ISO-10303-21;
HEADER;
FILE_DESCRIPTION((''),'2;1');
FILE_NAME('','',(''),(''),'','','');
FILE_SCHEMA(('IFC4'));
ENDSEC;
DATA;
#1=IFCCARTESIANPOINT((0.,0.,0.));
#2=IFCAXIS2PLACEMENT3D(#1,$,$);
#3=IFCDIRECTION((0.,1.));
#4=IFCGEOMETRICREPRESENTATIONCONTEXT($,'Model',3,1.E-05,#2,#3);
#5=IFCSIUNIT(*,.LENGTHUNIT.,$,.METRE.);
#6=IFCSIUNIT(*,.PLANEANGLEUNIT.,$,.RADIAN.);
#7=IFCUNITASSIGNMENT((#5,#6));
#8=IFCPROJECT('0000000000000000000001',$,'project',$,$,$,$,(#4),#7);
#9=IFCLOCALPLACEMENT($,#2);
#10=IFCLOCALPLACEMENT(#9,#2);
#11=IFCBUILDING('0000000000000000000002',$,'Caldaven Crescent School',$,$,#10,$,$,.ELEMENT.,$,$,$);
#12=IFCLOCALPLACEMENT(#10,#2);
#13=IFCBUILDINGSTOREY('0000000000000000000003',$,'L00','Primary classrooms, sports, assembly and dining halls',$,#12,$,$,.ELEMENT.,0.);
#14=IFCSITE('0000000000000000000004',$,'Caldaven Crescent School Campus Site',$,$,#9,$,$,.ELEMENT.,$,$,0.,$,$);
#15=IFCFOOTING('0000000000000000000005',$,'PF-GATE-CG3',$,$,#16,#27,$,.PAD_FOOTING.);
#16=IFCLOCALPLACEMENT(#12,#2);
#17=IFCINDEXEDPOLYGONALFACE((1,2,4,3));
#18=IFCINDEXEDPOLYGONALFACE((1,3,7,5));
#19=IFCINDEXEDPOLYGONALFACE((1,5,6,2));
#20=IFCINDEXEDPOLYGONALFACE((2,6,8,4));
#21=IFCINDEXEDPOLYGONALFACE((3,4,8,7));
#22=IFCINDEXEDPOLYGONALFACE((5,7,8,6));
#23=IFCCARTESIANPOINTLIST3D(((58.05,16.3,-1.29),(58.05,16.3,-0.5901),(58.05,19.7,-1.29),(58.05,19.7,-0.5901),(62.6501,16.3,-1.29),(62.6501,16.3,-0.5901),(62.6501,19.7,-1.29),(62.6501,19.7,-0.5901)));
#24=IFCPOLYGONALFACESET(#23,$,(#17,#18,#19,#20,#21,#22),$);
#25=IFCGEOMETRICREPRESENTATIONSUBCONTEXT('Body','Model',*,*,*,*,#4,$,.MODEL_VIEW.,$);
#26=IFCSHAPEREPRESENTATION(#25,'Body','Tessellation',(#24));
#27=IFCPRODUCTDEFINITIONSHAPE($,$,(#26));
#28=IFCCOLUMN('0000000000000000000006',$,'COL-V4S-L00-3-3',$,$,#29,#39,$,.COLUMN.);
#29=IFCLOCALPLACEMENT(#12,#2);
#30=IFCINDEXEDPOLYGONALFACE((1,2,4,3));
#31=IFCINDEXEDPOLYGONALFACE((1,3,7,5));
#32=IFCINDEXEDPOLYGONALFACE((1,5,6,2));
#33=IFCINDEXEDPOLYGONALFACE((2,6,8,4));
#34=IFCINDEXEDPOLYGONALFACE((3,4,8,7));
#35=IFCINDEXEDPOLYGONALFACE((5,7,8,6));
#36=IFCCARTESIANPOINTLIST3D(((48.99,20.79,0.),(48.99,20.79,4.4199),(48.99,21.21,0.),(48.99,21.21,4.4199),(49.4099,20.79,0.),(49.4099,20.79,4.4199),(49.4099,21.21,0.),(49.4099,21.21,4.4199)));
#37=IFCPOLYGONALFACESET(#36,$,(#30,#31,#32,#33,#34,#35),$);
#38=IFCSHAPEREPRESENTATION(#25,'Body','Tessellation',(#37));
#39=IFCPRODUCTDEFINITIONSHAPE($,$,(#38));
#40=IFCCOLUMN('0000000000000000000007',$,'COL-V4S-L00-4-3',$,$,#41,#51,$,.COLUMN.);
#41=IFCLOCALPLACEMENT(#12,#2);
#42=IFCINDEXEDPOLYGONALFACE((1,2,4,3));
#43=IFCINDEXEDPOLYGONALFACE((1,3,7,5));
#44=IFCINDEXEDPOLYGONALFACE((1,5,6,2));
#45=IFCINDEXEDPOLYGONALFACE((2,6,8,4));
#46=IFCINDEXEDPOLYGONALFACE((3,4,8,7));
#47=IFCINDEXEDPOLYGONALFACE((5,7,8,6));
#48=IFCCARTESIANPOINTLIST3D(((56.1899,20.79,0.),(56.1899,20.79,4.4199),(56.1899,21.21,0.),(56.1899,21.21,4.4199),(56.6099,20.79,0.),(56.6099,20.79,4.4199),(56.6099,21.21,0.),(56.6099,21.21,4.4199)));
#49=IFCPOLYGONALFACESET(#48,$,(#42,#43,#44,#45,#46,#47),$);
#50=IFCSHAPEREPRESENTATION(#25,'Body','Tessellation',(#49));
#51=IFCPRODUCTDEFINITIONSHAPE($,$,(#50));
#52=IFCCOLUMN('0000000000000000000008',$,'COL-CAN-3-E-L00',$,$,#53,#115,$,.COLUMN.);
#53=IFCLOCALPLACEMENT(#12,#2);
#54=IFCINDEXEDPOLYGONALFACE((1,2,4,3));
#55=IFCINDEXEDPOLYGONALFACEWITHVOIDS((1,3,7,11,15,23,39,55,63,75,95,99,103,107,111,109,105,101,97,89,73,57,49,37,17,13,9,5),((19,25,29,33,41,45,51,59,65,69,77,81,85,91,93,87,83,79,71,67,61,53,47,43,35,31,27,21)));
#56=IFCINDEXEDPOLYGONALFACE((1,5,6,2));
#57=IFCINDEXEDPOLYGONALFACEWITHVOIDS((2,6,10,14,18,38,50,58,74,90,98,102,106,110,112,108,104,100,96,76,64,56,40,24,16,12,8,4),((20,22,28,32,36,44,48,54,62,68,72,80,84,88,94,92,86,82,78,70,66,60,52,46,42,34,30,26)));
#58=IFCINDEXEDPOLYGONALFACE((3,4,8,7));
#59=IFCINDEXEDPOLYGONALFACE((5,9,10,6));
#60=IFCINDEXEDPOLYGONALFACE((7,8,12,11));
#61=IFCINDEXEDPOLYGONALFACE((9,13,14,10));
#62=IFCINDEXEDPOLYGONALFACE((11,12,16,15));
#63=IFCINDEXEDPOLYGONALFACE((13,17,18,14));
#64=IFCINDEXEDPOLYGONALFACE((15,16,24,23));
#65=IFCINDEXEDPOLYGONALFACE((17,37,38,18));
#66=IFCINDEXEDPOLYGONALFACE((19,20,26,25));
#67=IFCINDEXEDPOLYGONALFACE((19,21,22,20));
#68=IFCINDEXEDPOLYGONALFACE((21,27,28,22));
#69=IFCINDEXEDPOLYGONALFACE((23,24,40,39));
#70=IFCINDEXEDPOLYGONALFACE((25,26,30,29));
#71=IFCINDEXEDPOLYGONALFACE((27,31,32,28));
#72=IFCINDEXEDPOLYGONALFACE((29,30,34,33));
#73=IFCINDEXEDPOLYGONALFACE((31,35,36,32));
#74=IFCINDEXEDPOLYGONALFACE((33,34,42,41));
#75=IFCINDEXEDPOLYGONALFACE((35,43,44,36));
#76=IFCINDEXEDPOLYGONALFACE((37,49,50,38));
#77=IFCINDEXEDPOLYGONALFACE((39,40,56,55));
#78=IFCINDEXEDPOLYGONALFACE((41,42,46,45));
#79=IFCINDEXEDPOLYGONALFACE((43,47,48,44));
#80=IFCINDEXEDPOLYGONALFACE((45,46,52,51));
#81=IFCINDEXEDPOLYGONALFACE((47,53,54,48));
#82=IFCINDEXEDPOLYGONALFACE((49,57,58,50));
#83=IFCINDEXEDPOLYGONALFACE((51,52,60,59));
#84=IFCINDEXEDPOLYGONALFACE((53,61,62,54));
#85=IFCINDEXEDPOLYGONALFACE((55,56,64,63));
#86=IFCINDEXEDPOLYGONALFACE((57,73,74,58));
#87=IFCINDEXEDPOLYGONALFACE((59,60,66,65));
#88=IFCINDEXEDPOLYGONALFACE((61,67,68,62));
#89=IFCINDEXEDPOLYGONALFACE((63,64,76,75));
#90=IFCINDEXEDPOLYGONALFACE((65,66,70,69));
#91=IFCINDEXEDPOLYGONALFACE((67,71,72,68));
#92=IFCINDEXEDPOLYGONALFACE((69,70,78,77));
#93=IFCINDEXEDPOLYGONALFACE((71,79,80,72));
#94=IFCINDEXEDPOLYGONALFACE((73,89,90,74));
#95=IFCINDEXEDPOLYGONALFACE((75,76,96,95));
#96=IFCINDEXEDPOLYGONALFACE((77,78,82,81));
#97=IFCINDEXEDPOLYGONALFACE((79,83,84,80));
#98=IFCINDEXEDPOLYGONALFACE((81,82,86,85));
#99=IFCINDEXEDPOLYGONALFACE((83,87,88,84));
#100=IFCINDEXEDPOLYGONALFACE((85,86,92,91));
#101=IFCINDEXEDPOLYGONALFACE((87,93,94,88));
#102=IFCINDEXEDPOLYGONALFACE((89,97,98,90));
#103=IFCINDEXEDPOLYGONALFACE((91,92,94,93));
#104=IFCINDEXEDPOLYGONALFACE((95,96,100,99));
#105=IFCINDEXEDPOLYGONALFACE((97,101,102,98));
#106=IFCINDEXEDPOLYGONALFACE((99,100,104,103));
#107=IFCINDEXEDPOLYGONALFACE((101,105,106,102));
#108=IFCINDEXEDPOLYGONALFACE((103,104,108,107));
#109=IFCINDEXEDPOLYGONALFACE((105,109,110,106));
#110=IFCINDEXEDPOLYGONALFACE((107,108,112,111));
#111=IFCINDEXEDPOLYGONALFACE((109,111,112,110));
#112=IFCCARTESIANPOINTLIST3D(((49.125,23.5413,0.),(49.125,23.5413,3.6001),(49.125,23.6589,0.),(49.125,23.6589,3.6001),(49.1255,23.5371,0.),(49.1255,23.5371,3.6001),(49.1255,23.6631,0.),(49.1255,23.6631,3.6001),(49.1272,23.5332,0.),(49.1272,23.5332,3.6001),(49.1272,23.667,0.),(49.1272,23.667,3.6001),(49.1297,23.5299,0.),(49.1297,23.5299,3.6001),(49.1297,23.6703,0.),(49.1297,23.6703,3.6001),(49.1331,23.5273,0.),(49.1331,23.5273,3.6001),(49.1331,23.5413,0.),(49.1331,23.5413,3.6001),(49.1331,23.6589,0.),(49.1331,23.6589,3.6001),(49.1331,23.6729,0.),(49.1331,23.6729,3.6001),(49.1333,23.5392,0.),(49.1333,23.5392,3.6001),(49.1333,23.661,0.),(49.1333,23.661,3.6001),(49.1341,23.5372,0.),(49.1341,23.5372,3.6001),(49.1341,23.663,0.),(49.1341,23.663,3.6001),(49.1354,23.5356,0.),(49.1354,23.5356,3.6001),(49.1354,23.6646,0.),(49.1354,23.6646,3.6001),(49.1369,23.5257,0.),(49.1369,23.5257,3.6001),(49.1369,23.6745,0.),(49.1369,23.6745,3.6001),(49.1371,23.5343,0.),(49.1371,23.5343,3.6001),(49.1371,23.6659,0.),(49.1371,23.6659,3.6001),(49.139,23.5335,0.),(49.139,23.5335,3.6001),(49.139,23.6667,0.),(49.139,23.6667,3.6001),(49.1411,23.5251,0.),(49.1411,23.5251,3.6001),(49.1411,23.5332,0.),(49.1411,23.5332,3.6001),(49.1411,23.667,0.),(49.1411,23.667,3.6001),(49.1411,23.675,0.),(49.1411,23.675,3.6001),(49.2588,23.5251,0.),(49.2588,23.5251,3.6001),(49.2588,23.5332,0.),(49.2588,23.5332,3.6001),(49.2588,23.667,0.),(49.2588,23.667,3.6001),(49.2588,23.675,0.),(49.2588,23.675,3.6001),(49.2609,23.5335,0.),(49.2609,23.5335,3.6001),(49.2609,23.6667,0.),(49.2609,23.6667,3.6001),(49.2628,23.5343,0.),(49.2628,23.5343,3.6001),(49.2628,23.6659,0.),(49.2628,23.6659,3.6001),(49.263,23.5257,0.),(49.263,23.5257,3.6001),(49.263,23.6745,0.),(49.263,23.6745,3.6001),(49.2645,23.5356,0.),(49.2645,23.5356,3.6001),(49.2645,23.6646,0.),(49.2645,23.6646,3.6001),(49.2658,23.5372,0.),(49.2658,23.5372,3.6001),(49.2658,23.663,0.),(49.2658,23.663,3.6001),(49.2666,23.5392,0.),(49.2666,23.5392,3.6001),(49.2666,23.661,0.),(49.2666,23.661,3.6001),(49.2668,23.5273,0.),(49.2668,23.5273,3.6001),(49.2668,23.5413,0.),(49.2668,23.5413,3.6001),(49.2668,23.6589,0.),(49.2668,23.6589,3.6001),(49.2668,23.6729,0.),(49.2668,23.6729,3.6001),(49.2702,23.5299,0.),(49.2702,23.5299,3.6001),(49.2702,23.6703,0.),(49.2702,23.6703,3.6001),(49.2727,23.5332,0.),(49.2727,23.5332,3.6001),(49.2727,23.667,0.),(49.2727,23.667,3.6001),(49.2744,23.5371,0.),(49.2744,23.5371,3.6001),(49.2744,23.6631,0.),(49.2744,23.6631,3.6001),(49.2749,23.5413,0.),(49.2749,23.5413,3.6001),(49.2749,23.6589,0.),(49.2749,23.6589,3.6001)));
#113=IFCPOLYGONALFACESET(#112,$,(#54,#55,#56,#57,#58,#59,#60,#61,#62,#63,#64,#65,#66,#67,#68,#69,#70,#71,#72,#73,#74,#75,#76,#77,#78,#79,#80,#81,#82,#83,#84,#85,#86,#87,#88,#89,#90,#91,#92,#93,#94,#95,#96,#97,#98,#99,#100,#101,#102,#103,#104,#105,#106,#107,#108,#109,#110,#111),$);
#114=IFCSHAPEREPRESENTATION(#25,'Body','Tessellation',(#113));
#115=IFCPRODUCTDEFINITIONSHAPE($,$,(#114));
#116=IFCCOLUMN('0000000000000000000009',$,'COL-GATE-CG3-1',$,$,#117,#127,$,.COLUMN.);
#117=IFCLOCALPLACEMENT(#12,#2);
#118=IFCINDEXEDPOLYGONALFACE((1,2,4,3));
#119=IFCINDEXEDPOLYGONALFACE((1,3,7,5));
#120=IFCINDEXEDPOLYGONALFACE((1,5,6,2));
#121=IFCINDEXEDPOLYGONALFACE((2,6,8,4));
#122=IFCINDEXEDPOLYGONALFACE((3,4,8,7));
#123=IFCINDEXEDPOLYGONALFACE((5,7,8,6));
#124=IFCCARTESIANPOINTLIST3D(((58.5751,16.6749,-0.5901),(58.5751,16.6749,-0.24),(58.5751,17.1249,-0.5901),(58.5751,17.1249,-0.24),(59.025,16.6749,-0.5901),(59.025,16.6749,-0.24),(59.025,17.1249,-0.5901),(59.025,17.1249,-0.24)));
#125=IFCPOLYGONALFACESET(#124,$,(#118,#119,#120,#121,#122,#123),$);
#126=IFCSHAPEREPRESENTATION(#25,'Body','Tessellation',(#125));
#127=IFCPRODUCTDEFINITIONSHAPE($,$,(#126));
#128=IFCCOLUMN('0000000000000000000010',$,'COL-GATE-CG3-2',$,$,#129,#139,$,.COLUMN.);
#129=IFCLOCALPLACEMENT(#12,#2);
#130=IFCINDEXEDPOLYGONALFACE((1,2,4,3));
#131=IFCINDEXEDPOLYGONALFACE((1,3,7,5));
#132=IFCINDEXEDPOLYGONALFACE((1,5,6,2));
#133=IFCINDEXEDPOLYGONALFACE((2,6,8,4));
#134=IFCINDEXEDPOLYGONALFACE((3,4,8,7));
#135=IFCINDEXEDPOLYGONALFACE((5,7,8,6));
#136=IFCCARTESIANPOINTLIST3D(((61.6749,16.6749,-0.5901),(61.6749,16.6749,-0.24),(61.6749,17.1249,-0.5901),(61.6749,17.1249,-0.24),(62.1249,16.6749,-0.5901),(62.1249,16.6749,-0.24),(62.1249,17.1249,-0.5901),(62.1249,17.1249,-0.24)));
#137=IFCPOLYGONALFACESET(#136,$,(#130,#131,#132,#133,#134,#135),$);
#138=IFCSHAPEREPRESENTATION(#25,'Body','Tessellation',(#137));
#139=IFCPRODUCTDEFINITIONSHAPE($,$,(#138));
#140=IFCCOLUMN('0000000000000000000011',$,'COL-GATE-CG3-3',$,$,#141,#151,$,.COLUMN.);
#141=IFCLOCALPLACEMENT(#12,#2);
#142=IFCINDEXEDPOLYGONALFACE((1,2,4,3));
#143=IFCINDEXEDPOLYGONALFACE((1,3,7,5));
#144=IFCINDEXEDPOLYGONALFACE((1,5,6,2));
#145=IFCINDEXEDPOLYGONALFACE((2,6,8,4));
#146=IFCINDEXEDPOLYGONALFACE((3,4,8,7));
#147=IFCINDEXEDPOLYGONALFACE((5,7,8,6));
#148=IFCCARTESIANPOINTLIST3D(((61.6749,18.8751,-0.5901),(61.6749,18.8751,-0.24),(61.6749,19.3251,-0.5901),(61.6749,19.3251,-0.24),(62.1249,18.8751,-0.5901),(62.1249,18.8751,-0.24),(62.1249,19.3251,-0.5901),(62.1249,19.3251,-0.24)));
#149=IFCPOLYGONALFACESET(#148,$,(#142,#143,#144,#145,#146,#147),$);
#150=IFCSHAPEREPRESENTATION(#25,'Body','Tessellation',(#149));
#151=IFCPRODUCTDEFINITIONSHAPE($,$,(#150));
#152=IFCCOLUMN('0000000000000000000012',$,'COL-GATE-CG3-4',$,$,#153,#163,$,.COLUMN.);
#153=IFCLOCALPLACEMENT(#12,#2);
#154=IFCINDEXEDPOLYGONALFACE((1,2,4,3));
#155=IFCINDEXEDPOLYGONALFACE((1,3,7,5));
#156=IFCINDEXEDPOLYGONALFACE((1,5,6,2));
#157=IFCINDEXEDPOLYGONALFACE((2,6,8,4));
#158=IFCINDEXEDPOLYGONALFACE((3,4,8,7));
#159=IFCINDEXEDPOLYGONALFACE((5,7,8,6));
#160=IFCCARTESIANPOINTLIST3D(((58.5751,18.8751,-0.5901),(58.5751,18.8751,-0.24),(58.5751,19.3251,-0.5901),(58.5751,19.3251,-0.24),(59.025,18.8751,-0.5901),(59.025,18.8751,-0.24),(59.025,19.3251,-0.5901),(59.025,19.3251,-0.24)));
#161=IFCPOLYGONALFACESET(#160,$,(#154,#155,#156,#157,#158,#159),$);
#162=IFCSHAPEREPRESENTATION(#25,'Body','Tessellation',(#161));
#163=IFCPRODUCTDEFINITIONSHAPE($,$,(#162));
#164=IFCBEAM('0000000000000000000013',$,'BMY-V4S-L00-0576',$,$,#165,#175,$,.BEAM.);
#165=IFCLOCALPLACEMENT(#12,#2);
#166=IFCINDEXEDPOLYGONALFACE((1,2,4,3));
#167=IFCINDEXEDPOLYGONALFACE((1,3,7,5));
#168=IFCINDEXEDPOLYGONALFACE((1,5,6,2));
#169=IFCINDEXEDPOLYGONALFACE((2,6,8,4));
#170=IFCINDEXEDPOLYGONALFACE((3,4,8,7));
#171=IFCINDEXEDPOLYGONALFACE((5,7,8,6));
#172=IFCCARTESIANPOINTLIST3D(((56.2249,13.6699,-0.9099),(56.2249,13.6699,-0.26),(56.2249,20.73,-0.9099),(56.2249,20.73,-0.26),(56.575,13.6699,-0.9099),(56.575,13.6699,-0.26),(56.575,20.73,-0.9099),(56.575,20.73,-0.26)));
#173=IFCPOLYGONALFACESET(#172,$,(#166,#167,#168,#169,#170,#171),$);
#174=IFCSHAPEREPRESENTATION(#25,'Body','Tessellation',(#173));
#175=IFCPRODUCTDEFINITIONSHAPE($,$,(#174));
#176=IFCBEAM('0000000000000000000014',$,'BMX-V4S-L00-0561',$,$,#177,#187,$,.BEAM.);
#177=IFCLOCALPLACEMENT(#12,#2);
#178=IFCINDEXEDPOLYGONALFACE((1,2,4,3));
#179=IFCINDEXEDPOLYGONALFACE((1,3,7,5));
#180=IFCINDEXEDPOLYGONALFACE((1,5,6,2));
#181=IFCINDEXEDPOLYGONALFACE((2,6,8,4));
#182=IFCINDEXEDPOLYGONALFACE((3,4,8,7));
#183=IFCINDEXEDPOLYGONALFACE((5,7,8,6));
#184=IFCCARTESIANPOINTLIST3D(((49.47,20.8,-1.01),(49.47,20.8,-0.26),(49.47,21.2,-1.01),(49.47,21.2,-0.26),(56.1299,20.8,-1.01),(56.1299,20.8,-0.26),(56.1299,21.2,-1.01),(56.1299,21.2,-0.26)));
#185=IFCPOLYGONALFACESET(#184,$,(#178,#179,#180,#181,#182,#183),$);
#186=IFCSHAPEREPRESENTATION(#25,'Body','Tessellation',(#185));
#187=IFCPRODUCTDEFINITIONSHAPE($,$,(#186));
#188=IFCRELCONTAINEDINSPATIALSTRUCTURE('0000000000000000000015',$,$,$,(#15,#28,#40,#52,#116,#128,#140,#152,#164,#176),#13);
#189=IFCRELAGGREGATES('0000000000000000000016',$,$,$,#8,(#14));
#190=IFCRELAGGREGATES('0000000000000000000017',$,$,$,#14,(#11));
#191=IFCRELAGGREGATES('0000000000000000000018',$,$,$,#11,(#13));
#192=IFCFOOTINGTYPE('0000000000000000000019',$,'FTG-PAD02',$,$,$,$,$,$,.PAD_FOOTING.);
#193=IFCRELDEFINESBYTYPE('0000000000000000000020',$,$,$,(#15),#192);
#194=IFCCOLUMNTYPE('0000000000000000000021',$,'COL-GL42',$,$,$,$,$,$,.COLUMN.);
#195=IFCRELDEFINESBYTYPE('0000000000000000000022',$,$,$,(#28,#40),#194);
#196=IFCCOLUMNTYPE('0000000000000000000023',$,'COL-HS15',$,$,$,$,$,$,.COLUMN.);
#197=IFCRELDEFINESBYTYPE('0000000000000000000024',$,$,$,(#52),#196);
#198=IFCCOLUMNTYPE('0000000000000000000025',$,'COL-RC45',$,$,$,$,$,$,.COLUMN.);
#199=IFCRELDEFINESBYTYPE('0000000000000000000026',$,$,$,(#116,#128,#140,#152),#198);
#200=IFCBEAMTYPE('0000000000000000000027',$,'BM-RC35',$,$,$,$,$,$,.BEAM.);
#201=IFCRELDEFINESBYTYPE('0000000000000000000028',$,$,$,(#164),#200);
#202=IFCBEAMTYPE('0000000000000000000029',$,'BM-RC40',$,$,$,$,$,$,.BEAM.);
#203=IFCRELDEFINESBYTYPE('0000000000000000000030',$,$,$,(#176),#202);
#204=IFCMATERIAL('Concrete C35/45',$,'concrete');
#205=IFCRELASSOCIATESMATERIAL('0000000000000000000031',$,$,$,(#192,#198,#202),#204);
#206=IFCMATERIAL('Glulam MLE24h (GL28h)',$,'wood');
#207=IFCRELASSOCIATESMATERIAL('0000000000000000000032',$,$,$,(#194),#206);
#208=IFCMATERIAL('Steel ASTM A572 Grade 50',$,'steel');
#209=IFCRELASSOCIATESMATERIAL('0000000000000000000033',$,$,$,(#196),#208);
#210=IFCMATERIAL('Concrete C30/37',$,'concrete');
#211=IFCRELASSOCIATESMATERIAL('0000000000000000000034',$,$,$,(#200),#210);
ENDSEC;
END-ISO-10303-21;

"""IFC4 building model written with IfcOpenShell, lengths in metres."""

from ifc_helpers import new_model, si_unit, direction, frame, origin, origin_2d, place, context, subcontext, project, spatial, rectangle, hollow_rectangle, extrude, material, material_profile, profile_set, type_object, element, save


model = new_model("IFC4")

# Units and contexts
model_context = context("Model", 3, precision=1e-05, world=origin(), true_north=direction((0.0, 1.0)))
body_context = subcontext(model_context, "Body", "Model", "MODEL_VIEW")
ifc_project = project(units=[si_unit("LENGTHUNIT", "METRE"), si_unit("PLANEANGLEUNIT", "RADIAN")], contexts=[model_context])

# Site, building, storey
site_placement = place(None, origin())
site = spatial("IfcSite", under=ifc_project, at=site_placement, Name="Caldaven Crescent School Campus Site", CompositionType="ELEMENT", RefElevation=0.0)
building_placement = place(site_placement, origin())
building = spatial("IfcBuilding", under=site, at=building_placement, Name="Caldaven Crescent School", CompositionType="ELEMENT")
storey_placement = place(building_placement, origin())
storey = spatial("IfcBuildingStorey", under=building, at=storey_placement, Name="L00", Description="Primary classrooms, sports, assembly and dining halls", CompositionType="ELEMENT", Elevation=0.0)

# Footing
ifc_material_1 = material(Name="Concrete C35/45", Category="concrete")
footing_type = type_object("IfcFootingType", Name="FTG-PAD02", PredefinedType="PAD_FOOTING", material=ifc_material_1)
footing_placement = place(storey_placement, frame((60.3501, 18.0, -1.29), z_axis=(0.0, 0.0, 1.0), x_axis=(1.0, 0.0, 0.0)))
element("IfcFooting", 1, at=footing_placement, inside=storey, type_object=footing_type, Name="PF-GATE-CG3", PredefinedType="PAD_FOOTING", context=body_context, shape_type="SweptSolid", body=[
    extrude(rectangle(XDim=4.6001, YDim=3.3999, at=origin_2d()), origin(), (0.0, 0.0, 1.0), 0.7),
])

# Columns
ifc_material_2 = material(Name="Glulam MLE24h (GL28h)", Category="wood")
ifc_material_profile_1 = material_profile(ifc_material_2, rectangle(XDim=0.4199, YDim=0.4199, at=origin_2d()), Name="MLE 420x420")
ifc_profile_set_1 = profile_set([ifc_material_profile_1], Name="Glulam MLE24h (GL28h)")
column_type_1 = type_object("IfcColumnType", Name="COL-GL42", PredefinedType="COLUMN", material=ifc_profile_set_1)
for number, where, z_axis, x_axis, name in (
    (2, (49.2, 21.0, 0.0), (0.0, 0.0, 1.0), (1.0, 0.0, 0.0), "COL-V4S-L00-3-3"),
    (3, (56.3999, 21.0, 0.0), (0.0, 0.0, 1.0), (1.0, 0.0, 0.0), "COL-V4S-L00-4-3"),
):
    element("IfcColumn", number, at=place(storey_placement, frame(where, z_axis=z_axis, x_axis=x_axis)), inside=storey, type_object=column_type_1, Name=name, PredefinedType="COLUMN", context=body_context, shape_type="SweptSolid", body=[
        extrude(rectangle(XDim=0.4199, YDim=0.4199, at=origin_2d()), origin(), (0.0, 0.0, 1.0), 4.4199),
    ])
ifc_material_3 = material(Name="Steel ASTM A572 Grade 50", Category="steel")
ifc_material_profile_2 = material_profile(ifc_material_3, hollow_rectangle(XDim=0.1499, YDim=0.1499, WallThickness=0.0081, InnerFilletRadius=0.0081, OuterFilletRadius=0.0161, at=origin_2d()), Name="HSS 150x150x8")
ifc_profile_set_2 = profile_set([ifc_material_profile_2], Name="Steel ASTM A572 Grade 50")
column_type_2 = type_object("IfcColumnType", Name="COL-HS15", PredefinedType="COLUMN", material=ifc_profile_set_2)
column_placement = place(storey_placement, frame((49.2, 23.6001, 0.0), z_axis=(0.0, 0.0, 1.0), x_axis=(1.0, 0.0, 0.0)))
element("IfcColumn", 4, at=column_placement, inside=storey, type_object=column_type_2, Name="COL-CAN-3-E-L00", PredefinedType="COLUMN", context=body_context, shape_type="SweptSolid", body=[
    extrude(hollow_rectangle(XDim=0.1499, YDim=0.1499, WallThickness=0.0081, InnerFilletRadius=0.0081, OuterFilletRadius=0.0161, at=origin_2d()), origin(), (0.0, 0.0, 1.0), 3.6001),
])
ifc_material_profile_3 = material_profile(ifc_material_1, rectangle(XDim=0.45, YDim=0.45, at=origin_2d()), Name="RC 450x450")
ifc_profile_set_3 = profile_set([ifc_material_profile_3], Name="Concrete C35/45")
column_type_3 = type_object("IfcColumnType", Name="COL-RC45", PredefinedType="COLUMN", material=ifc_profile_set_3)
for number, where, z_axis, x_axis, name in (
    (5, (58.8, 16.8999, -0.5901), (0.0, 0.0, 1.0), (1.0, 0.0, 0.0), "COL-GATE-CG3-1"),
    (6, (61.8999, 16.8999, -0.5901), (0.0, 0.0, 1.0), (1.0, 0.0, 0.0), "COL-GATE-CG3-2"),
    (7, (61.8999, 19.1001, -0.5901), (0.0, 0.0, 1.0), (1.0, 0.0, 0.0), "COL-GATE-CG3-3"),
    (8, (58.8, 19.1001, -0.5901), (0.0, 0.0, 1.0), (1.0, 0.0, 0.0), "COL-GATE-CG3-4"),
):
    element("IfcColumn", number, at=place(storey_placement, frame(where, z_axis=z_axis, x_axis=x_axis)), inside=storey, type_object=column_type_3, Name=name, PredefinedType="COLUMN", context=body_context, shape_type="SweptSolid", body=[
        extrude(rectangle(XDim=0.45, YDim=0.45, at=origin_2d()), origin(), (0.0, 0.0, 1.0), 0.3501),
    ])

# Beams
ifc_material_4 = material(Name="Concrete C30/37", Category="concrete")
ifc_material_profile_4 = material_profile(ifc_material_4, rectangle(XDim=0.3501, YDim=0.6499, at=origin_2d()), Name="RC 350x650")
ifc_profile_set_4 = profile_set([ifc_material_profile_4], Name="Concrete C30/37")
beam_type_1 = type_object("IfcBeamType", Name="BM-RC35", PredefinedType="BEAM", material=ifc_profile_set_4)
beam_1_placement = place(storey_placement, frame((56.3999, 13.6699, -0.585), z_axis=(0.0, 1.0, 0.0), x_axis=(-1.0, 0.0, 0.0)))
element("IfcBeam", 9, at=beam_1_placement, inside=storey, type_object=beam_type_1, Name="BMY-V4S-L00-0576", PredefinedType="BEAM", context=body_context, shape_type="SweptSolid", body=[
    extrude(rectangle(XDim=0.3501, YDim=0.6499, at=origin_2d()), origin(), (0.0, 0.0, 1.0), 7.0601),
])
ifc_material_profile_5 = material_profile(ifc_material_1, rectangle(XDim=0.3999, YDim=0.75, at=origin_2d()), Name="RC 400x750")
ifc_profile_set_5 = profile_set([ifc_material_profile_5], Name="Concrete C35/45")
beam_type_2 = type_object("IfcBeamType", Name="BM-RC40", PredefinedType="BEAM", material=ifc_profile_set_5)
beam_2_placement = place(storey_placement, frame((49.47, 21.0, -0.635), z_axis=(1.0, 0.0, 0.0), x_axis=(0.0, 1.0, 0.0)))
element("IfcBeam", 10, at=beam_2_placement, inside=storey, type_object=beam_type_2, Name="BMX-V4S-L00-0561", PredefinedType="BEAM", context=body_context, shape_type="SweptSolid", body=[
    extrude(rectangle(XDim=0.3999, YDim=0.75, at=origin_2d()), origin(), (0.0, 0.0, 1.0), 6.6599),
])

save(model, "model.ifc")
